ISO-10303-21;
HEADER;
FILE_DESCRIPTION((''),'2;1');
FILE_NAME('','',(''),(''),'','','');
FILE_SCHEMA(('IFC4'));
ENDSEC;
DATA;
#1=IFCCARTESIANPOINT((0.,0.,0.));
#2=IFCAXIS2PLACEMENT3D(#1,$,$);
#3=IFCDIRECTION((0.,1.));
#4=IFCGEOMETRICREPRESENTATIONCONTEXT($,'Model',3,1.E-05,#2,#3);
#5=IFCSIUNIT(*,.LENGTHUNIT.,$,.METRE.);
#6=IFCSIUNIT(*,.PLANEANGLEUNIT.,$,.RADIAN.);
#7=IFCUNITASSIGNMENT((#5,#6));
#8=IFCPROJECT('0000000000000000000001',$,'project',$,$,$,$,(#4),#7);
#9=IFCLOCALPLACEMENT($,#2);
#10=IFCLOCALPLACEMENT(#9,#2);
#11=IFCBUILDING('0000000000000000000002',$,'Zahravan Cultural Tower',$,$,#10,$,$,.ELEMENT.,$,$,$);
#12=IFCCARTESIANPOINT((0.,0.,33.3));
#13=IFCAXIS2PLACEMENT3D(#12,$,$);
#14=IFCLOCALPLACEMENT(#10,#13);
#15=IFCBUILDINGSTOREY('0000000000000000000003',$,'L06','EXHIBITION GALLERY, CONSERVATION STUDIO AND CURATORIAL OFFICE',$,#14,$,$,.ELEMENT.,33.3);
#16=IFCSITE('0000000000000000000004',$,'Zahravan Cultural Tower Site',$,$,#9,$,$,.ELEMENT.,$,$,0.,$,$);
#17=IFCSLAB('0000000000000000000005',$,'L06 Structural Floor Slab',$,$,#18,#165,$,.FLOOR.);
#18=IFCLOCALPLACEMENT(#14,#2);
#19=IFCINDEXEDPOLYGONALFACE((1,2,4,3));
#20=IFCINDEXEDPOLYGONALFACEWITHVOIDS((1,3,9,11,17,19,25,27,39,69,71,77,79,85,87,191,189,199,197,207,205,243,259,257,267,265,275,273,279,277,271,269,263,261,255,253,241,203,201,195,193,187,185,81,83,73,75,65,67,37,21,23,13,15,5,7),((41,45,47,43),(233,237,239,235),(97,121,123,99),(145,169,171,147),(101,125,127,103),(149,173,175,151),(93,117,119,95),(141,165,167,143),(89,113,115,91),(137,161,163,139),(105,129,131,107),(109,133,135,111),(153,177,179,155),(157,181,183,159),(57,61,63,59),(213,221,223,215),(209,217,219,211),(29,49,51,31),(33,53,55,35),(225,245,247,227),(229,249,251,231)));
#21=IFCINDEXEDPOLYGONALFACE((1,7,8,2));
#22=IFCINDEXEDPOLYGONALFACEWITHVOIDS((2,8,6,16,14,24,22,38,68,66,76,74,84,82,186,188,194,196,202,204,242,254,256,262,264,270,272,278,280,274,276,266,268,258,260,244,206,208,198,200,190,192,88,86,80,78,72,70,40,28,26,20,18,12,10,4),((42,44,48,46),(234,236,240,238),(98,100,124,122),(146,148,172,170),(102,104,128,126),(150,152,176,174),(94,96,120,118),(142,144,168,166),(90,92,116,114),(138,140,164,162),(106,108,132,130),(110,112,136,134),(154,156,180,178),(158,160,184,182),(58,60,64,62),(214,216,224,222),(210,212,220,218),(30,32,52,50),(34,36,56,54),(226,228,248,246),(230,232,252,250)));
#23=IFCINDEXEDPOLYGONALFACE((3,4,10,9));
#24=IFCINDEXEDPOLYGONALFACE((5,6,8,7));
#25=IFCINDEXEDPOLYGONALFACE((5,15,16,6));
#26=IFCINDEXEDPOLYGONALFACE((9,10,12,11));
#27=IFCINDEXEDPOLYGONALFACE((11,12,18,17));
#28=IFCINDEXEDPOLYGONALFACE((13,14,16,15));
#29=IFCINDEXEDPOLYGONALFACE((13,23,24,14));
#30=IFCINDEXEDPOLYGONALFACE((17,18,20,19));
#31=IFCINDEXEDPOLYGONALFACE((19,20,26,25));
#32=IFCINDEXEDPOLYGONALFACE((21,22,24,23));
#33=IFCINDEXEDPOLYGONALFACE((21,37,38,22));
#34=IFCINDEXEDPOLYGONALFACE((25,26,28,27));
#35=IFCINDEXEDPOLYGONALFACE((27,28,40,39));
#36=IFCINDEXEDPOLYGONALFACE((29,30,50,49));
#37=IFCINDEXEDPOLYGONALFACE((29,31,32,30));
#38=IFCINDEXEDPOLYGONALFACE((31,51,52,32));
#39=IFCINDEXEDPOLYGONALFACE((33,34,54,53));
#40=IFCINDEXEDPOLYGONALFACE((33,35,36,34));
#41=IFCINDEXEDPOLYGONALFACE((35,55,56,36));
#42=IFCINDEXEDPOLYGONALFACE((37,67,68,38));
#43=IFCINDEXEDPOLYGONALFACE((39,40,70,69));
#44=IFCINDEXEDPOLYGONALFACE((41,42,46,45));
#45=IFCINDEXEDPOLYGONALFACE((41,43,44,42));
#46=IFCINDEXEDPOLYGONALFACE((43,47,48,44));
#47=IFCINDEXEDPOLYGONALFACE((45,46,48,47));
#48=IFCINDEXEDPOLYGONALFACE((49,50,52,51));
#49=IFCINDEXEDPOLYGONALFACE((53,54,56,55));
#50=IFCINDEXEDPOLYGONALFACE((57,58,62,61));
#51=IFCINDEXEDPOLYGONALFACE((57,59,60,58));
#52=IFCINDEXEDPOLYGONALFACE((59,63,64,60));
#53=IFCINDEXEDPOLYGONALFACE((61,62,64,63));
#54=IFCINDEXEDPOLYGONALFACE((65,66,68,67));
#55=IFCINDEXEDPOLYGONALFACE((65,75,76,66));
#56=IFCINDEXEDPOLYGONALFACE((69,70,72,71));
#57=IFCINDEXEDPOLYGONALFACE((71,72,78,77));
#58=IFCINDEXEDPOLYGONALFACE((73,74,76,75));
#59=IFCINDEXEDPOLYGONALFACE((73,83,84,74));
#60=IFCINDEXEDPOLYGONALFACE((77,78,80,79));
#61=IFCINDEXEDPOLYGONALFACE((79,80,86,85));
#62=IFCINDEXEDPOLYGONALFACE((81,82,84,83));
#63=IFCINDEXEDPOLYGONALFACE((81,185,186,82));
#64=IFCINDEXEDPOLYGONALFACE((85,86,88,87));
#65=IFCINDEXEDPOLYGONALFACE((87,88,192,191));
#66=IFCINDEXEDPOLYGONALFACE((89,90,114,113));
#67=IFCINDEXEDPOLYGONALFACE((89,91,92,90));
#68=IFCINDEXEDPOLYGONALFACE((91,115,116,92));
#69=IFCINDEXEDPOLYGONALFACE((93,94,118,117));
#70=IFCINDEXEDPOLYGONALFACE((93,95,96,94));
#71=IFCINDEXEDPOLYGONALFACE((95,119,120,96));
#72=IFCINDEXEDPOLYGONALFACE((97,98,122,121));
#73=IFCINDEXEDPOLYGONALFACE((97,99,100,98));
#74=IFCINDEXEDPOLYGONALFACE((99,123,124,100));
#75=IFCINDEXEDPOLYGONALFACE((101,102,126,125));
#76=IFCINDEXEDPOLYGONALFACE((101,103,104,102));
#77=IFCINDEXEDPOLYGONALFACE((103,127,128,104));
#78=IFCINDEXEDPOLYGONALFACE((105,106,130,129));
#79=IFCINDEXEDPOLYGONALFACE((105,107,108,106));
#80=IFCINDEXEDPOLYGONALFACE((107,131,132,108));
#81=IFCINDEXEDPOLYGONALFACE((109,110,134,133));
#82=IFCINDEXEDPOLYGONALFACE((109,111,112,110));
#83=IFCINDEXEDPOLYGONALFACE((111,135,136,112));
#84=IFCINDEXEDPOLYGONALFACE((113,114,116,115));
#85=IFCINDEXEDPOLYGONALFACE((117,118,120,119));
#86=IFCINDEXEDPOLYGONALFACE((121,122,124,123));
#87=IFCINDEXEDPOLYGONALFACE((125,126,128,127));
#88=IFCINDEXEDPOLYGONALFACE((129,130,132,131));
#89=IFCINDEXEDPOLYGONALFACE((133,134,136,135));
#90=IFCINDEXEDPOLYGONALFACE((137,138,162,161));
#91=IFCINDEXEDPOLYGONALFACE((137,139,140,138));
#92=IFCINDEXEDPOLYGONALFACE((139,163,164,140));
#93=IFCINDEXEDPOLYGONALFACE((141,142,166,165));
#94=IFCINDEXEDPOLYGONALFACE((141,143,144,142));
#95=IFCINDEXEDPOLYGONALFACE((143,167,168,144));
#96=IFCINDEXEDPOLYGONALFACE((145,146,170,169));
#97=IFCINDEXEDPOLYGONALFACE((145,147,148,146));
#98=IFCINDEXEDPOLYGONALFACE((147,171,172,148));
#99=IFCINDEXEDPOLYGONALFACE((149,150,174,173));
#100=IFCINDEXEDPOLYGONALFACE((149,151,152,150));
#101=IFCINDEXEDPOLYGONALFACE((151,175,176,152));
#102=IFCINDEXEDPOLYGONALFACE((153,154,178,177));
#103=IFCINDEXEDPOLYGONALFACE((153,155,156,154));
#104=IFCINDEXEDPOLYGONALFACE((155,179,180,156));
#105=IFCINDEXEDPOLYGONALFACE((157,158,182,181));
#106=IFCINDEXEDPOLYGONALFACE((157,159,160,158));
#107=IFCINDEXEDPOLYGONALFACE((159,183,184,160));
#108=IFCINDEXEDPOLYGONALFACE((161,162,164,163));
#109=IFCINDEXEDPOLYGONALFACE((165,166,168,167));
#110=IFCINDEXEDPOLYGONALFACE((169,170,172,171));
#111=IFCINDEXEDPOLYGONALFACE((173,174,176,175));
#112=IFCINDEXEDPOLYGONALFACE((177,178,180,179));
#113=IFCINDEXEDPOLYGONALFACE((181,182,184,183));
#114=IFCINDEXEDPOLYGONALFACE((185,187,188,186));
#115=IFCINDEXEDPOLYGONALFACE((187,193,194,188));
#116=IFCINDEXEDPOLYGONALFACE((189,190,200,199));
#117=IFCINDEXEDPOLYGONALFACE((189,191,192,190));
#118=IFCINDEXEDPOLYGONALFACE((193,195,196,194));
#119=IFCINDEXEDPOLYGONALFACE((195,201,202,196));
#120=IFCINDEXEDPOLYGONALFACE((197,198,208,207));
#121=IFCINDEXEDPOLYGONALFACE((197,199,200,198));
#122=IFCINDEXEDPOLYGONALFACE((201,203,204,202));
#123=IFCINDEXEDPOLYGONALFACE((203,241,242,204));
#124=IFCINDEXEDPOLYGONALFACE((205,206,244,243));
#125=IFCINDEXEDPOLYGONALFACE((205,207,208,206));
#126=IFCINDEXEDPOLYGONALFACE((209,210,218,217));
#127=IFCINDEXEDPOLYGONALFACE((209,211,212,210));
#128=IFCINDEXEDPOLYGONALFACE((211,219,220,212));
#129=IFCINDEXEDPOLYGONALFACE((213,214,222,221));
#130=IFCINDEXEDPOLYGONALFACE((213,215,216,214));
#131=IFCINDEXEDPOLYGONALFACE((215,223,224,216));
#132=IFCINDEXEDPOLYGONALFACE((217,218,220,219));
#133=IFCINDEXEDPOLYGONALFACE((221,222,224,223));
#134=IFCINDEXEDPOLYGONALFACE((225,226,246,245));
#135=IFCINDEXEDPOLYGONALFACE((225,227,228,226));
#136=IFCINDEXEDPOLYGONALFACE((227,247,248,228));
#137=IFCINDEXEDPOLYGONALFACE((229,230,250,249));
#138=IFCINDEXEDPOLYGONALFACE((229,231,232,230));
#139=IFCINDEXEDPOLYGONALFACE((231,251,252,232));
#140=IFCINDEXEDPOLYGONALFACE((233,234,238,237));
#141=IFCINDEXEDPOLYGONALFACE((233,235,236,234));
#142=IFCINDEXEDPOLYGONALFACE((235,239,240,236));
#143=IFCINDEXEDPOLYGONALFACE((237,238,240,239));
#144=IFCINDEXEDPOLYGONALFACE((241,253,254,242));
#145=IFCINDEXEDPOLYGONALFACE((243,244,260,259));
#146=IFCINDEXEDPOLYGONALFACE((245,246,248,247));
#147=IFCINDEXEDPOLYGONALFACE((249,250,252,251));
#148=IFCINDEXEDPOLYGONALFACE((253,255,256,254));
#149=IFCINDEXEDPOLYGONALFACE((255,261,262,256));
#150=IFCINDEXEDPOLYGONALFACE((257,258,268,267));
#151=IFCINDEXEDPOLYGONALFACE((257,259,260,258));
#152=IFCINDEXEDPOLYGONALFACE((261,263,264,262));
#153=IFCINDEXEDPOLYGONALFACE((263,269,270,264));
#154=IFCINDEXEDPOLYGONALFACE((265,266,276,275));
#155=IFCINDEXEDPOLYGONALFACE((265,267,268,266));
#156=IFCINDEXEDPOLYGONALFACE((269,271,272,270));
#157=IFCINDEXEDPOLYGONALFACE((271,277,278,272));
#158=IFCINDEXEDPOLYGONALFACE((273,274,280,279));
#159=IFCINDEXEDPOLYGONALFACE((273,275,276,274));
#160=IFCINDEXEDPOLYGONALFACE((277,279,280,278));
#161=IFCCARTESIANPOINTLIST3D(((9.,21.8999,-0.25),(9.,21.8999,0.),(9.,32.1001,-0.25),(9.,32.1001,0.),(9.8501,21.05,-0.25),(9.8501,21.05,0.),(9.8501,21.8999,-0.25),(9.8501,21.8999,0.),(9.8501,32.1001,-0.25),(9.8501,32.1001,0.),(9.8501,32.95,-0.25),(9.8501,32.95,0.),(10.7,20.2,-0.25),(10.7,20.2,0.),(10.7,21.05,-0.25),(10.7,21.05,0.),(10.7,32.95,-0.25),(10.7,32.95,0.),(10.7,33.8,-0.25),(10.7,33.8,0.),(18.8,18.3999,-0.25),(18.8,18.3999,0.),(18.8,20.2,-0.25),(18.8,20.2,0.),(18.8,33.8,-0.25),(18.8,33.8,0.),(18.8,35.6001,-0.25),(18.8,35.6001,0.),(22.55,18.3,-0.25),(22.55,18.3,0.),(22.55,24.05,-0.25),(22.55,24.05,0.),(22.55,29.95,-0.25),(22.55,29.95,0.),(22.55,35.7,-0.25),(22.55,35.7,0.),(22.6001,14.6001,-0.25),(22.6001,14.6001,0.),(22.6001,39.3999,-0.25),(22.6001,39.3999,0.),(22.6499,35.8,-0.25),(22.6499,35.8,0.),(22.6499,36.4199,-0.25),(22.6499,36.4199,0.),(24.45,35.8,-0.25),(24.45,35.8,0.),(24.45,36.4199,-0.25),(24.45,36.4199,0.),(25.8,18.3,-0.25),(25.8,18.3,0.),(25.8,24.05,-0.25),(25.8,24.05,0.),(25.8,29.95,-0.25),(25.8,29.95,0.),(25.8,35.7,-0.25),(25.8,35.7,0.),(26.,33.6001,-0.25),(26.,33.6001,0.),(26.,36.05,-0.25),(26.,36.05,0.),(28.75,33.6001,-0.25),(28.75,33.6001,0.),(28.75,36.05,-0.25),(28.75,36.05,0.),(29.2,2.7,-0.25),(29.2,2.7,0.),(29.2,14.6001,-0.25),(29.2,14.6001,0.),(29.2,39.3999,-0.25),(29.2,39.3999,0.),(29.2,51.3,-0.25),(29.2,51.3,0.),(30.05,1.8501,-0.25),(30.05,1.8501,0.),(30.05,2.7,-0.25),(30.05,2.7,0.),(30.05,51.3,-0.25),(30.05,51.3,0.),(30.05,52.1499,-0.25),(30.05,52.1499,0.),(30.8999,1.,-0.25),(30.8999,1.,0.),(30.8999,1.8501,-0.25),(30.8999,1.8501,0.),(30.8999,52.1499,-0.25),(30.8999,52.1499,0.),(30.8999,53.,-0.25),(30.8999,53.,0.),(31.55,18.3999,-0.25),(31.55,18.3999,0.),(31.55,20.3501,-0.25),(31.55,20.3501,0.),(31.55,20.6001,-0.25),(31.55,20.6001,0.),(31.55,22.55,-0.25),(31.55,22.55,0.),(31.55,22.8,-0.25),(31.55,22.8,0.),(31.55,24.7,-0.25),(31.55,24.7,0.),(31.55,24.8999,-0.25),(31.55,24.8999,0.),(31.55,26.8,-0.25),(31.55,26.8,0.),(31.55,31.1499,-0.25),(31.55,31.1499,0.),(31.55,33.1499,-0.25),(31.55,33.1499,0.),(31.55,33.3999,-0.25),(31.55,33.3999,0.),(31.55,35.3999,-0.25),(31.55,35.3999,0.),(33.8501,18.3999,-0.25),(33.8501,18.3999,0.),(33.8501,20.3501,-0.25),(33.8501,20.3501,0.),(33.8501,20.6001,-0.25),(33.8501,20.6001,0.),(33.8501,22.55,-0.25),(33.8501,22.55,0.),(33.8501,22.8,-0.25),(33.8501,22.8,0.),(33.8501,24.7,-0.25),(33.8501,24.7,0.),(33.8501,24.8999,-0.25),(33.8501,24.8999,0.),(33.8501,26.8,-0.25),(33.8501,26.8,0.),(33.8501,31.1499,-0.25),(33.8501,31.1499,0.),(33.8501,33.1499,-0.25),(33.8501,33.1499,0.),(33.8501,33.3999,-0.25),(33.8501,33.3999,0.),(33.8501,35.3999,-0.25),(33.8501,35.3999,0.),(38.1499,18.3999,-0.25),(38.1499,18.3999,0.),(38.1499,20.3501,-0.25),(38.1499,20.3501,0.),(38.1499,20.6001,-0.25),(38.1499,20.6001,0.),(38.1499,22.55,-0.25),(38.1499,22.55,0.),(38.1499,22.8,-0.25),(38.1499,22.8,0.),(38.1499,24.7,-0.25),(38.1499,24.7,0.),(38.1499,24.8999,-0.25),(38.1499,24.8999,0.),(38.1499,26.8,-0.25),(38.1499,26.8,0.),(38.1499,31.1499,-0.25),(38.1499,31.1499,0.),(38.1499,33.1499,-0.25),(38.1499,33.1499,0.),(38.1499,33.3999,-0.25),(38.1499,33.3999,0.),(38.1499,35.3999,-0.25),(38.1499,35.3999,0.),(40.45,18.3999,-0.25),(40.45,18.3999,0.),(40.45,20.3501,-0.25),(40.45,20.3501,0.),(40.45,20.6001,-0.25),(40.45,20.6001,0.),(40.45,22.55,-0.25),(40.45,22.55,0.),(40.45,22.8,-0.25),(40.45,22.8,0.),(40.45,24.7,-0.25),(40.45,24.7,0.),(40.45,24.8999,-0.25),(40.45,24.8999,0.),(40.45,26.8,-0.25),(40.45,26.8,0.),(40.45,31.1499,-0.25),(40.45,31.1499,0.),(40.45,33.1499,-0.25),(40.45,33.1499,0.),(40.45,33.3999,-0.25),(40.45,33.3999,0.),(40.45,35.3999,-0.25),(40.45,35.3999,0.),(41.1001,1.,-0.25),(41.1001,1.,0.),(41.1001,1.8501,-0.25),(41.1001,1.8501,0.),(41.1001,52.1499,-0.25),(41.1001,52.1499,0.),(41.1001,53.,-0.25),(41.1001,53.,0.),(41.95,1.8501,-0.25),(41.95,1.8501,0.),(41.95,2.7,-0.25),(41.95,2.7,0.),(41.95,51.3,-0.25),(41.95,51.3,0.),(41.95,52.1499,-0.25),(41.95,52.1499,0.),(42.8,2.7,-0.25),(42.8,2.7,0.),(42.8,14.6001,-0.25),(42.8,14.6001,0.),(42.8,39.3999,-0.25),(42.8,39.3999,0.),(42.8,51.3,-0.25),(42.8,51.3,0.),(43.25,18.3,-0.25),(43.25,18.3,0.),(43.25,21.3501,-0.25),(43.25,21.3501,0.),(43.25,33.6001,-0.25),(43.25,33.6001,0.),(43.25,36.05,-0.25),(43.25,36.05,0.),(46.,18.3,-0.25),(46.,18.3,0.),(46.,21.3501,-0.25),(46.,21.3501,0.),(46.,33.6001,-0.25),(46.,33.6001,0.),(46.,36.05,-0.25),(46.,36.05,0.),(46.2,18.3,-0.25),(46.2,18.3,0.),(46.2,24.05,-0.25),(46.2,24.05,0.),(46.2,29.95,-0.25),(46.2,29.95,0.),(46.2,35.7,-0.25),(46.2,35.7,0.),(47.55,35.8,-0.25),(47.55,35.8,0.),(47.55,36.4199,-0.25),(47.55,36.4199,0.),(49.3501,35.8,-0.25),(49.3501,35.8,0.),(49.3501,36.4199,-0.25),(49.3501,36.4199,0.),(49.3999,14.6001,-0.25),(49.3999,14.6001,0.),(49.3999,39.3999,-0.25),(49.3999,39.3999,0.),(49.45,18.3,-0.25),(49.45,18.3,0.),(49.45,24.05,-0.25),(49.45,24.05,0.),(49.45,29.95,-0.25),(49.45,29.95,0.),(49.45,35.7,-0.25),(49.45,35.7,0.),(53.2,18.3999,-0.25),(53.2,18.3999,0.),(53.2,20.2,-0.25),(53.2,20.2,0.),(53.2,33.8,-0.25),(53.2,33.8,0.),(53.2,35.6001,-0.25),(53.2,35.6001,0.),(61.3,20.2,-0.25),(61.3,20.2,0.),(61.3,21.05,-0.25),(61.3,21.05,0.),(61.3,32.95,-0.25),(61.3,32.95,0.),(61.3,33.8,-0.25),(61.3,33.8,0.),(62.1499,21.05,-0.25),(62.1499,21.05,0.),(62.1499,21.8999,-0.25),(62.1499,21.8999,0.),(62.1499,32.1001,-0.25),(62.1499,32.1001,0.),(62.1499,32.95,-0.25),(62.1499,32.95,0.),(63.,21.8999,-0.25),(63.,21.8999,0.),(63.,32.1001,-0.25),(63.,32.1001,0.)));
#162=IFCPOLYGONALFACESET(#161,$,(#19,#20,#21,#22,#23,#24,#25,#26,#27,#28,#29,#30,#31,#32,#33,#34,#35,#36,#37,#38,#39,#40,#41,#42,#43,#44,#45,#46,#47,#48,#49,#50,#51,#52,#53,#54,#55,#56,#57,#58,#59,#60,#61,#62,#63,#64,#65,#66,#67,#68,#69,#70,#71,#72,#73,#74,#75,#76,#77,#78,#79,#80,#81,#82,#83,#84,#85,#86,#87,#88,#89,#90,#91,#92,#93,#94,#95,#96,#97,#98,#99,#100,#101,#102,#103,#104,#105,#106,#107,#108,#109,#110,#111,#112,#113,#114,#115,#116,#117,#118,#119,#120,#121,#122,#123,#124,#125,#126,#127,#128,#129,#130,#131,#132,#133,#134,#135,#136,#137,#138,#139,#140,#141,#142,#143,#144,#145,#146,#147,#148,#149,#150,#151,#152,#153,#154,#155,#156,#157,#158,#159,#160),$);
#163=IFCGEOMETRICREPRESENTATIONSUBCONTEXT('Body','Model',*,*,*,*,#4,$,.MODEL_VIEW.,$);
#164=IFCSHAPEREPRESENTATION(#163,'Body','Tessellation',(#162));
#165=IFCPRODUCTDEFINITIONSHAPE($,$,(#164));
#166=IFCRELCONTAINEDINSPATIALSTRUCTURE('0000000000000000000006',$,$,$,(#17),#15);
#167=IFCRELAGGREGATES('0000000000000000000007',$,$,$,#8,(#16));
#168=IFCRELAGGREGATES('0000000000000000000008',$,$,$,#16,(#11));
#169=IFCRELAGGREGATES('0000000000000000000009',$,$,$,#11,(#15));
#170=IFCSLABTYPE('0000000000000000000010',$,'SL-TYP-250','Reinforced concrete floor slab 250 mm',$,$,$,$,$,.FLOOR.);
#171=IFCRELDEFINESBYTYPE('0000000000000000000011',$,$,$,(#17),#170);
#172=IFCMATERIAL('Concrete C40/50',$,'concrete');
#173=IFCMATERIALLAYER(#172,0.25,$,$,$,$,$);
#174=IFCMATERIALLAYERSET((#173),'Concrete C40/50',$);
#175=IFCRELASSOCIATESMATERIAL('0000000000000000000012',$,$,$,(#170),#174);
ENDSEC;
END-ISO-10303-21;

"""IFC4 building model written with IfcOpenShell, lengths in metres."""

from ifc_helpers import new_model, si_unit, direction, frame, origin, place, context, subcontext, project, spatial, polyline, outline, extrude, material, layer, layer_set, type_object, element, save


model = new_model("IFC4")

# Units and contexts
model_context = context("Model", 3, precision=1e-05, world=origin(), true_north=direction((0.0, 1.0)))
body_context = subcontext(model_context, "Body", "Model", "MODEL_VIEW")
ifc_project = project(units=[si_unit("LENGTHUNIT", "METRE"), si_unit("PLANEANGLEUNIT", "RADIAN")], contexts=[model_context])

# Site, building, storey
site_placement = place(None, origin())
site = spatial("IfcSite", under=ifc_project, at=site_placement, Name="Zahravan Cultural Tower Site", CompositionType="ELEMENT", RefElevation=0.0)
building_placement = place(site_placement, origin())
building = spatial("IfcBuilding", under=site, at=building_placement, Name="Zahravan Cultural Tower", CompositionType="ELEMENT")
storey_placement = place(building_placement, frame((0.0, 0.0, 33.3)))
storey = spatial("IfcBuildingStorey", under=building, at=storey_placement, Name="L06", Description="EXHIBITION GALLERY, CONSERVATION STUDIO AND CURATORIAL OFFICE", CompositionType="ELEMENT", Elevation=33.3)

# Slab
ifc_material_1 = material(Name="Concrete C40/50", Category="concrete")
ifc_layer_1 = layer(ifc_material_1, 0.25)
ifc_layer_set_1 = layer_set([ifc_layer_1], Name="Concrete C40/50")
slab_type_1 = type_object("IfcSlabType", Name="SL-TYP-250", Description="Reinforced concrete floor slab 250 mm", PredefinedType="FLOOR", material=ifc_layer_set_1)
slab_1_placement = place(storey_placement, frame((0.0, 0.0, -0.25)))
element("IfcSlab", 1, at=slab_1_placement, inside=storey, type_object=slab_type_1, Name="L06 Structural Floor Slab", PredefinedType="FLOOR", context=body_context, shape_type="SweptSolid", body=[
    extrude(outline(polyline([(53.2, 33.8), (53.2, 35.6001), (49.3999, 39.3999), (42.8, 39.3999), (42.8, 51.3), (41.95, 51.3), (41.95, 52.1499), (41.1001, 52.1499), (41.1001, 53.0), (30.8999, 53.0), (30.8999, 52.1499), (30.05, 52.1499), (30.05, 51.3), (29.2, 51.3), (29.2, 39.3999), (22.6001, 39.3999), (18.8, 35.6001), (18.8, 33.8), (10.7, 33.8), (10.7, 32.95), (9.8501, 32.95), (9.8501, 32.1001), (9.0, 32.1001), (9.0, 21.8999), (9.8501, 21.8999), (9.8501, 21.05), (10.7, 21.05), (10.7, 20.2), (18.8, 20.2), (18.8, 18.3999), (22.6001, 14.6001), (29.2, 14.6001), (29.2, 2.7), (30.05, 2.7), (30.05, 1.8501), (30.8999, 1.8501), (30.8999, 1.0), (41.1001, 1.0), (41.1001, 1.8501), (41.95, 1.8501), (41.95, 2.7), (42.8, 2.7), (42.8, 14.6001), (49.3999, 14.6001), (53.2, 18.3999), (53.2, 20.2), (61.3, 20.2), (61.3, 21.05), (62.1499, 21.05), (62.1499, 21.8999), (63.0, 21.8999), (63.0, 32.1001), (62.1499, 32.1001), (62.1499, 32.95), (61.3, 32.95), (61.3, 33.8), (53.2, 33.8)]), holes=[polyline([(22.55, 29.95), (22.55, 35.7), (25.8, 35.7), (25.8, 29.95), (22.55, 29.95)]), polyline([(22.55, 18.3), (22.55, 24.05), (25.8, 24.05), (25.8, 18.3), (22.55, 18.3)]), polyline([(46.2, 29.95), (46.2, 35.7), (49.45, 35.7), (49.45, 29.95), (46.2, 29.95)]), polyline([(46.2, 18.3), (46.2, 24.05), (49.45, 24.05), (49.45, 18.3), (46.2, 18.3)]), polyline([(26.0, 33.6001), (26.0, 36.05), (28.75, 36.05), (28.75, 33.6001), (26.0, 33.6001)]), polyline([(43.25, 33.6001), (43.25, 36.05), (46.0, 36.05), (46.0, 33.6001), (43.25, 33.6001)]), polyline([(43.25, 18.3), (43.25, 21.3501), (46.0, 21.3501), (46.0, 18.3), (43.25, 18.3)]), polyline([(31.55, 33.3999), (31.55, 35.3999), (33.8501, 35.3999), (33.8501, 33.3999), (31.55, 33.3999)]), polyline([(31.55, 31.1499), (31.55, 33.1499), (33.8501, 33.1499), (33.8501, 31.1499), (31.55, 31.1499)]), polyline([(38.1499, 33.3999), (38.1499, 35.3999), (40.45, 35.3999), (40.45, 33.3999), (38.1499, 33.3999)]), polyline([(38.1499, 31.1499), (38.1499, 33.1499), (40.45, 33.1499), (40.45, 31.1499), (38.1499, 31.1499)]), polyline([(31.55, 20.6001), (31.55, 22.55), (33.8501, 22.55), (33.8501, 20.6001), (31.55, 20.6001)]), polyline([(31.55, 18.3999), (31.55, 20.3501), (33.8501, 20.3501), (33.8501, 18.3999), (31.55, 18.3999)]), polyline([(38.1499, 20.6001), (38.1499, 22.55), (40.45, 22.55), (40.45, 20.6001), (38.1499, 20.6001)]), polyline([(38.1499, 18.3999), (38.1499, 20.3501), (40.45, 20.3501), (40.45, 18.3999), (38.1499, 18.3999)]), polyline([(31.55, 24.8999), (31.55, 26.8), (33.8501, 26.8), (33.8501, 24.8999), (31.55, 24.8999)]), polyline([(31.55, 22.8), (31.55, 24.7), (33.8501, 24.7), (33.8501, 22.8), (31.55, 22.8)]), polyline([(38.1499, 24.8999), (38.1499, 26.8), (40.45, 26.8), (40.45, 24.8999), (38.1499, 24.8999)]), polyline([(38.1499, 22.8), (38.1499, 24.7), (40.45, 24.7), (40.45, 22.8), (38.1499, 22.8)]), polyline([(22.6499, 35.8), (22.6499, 36.4199), (24.45, 36.4199), (24.45, 35.8), (22.6499, 35.8)]), polyline([(47.55, 35.8), (47.55, 36.4199), (49.3501, 36.4199), (49.3501, 35.8), (47.55, 35.8)])]), origin(), (0.0, 0.0, 1.0), 0.25),
])

save(model, "model.ifc")
